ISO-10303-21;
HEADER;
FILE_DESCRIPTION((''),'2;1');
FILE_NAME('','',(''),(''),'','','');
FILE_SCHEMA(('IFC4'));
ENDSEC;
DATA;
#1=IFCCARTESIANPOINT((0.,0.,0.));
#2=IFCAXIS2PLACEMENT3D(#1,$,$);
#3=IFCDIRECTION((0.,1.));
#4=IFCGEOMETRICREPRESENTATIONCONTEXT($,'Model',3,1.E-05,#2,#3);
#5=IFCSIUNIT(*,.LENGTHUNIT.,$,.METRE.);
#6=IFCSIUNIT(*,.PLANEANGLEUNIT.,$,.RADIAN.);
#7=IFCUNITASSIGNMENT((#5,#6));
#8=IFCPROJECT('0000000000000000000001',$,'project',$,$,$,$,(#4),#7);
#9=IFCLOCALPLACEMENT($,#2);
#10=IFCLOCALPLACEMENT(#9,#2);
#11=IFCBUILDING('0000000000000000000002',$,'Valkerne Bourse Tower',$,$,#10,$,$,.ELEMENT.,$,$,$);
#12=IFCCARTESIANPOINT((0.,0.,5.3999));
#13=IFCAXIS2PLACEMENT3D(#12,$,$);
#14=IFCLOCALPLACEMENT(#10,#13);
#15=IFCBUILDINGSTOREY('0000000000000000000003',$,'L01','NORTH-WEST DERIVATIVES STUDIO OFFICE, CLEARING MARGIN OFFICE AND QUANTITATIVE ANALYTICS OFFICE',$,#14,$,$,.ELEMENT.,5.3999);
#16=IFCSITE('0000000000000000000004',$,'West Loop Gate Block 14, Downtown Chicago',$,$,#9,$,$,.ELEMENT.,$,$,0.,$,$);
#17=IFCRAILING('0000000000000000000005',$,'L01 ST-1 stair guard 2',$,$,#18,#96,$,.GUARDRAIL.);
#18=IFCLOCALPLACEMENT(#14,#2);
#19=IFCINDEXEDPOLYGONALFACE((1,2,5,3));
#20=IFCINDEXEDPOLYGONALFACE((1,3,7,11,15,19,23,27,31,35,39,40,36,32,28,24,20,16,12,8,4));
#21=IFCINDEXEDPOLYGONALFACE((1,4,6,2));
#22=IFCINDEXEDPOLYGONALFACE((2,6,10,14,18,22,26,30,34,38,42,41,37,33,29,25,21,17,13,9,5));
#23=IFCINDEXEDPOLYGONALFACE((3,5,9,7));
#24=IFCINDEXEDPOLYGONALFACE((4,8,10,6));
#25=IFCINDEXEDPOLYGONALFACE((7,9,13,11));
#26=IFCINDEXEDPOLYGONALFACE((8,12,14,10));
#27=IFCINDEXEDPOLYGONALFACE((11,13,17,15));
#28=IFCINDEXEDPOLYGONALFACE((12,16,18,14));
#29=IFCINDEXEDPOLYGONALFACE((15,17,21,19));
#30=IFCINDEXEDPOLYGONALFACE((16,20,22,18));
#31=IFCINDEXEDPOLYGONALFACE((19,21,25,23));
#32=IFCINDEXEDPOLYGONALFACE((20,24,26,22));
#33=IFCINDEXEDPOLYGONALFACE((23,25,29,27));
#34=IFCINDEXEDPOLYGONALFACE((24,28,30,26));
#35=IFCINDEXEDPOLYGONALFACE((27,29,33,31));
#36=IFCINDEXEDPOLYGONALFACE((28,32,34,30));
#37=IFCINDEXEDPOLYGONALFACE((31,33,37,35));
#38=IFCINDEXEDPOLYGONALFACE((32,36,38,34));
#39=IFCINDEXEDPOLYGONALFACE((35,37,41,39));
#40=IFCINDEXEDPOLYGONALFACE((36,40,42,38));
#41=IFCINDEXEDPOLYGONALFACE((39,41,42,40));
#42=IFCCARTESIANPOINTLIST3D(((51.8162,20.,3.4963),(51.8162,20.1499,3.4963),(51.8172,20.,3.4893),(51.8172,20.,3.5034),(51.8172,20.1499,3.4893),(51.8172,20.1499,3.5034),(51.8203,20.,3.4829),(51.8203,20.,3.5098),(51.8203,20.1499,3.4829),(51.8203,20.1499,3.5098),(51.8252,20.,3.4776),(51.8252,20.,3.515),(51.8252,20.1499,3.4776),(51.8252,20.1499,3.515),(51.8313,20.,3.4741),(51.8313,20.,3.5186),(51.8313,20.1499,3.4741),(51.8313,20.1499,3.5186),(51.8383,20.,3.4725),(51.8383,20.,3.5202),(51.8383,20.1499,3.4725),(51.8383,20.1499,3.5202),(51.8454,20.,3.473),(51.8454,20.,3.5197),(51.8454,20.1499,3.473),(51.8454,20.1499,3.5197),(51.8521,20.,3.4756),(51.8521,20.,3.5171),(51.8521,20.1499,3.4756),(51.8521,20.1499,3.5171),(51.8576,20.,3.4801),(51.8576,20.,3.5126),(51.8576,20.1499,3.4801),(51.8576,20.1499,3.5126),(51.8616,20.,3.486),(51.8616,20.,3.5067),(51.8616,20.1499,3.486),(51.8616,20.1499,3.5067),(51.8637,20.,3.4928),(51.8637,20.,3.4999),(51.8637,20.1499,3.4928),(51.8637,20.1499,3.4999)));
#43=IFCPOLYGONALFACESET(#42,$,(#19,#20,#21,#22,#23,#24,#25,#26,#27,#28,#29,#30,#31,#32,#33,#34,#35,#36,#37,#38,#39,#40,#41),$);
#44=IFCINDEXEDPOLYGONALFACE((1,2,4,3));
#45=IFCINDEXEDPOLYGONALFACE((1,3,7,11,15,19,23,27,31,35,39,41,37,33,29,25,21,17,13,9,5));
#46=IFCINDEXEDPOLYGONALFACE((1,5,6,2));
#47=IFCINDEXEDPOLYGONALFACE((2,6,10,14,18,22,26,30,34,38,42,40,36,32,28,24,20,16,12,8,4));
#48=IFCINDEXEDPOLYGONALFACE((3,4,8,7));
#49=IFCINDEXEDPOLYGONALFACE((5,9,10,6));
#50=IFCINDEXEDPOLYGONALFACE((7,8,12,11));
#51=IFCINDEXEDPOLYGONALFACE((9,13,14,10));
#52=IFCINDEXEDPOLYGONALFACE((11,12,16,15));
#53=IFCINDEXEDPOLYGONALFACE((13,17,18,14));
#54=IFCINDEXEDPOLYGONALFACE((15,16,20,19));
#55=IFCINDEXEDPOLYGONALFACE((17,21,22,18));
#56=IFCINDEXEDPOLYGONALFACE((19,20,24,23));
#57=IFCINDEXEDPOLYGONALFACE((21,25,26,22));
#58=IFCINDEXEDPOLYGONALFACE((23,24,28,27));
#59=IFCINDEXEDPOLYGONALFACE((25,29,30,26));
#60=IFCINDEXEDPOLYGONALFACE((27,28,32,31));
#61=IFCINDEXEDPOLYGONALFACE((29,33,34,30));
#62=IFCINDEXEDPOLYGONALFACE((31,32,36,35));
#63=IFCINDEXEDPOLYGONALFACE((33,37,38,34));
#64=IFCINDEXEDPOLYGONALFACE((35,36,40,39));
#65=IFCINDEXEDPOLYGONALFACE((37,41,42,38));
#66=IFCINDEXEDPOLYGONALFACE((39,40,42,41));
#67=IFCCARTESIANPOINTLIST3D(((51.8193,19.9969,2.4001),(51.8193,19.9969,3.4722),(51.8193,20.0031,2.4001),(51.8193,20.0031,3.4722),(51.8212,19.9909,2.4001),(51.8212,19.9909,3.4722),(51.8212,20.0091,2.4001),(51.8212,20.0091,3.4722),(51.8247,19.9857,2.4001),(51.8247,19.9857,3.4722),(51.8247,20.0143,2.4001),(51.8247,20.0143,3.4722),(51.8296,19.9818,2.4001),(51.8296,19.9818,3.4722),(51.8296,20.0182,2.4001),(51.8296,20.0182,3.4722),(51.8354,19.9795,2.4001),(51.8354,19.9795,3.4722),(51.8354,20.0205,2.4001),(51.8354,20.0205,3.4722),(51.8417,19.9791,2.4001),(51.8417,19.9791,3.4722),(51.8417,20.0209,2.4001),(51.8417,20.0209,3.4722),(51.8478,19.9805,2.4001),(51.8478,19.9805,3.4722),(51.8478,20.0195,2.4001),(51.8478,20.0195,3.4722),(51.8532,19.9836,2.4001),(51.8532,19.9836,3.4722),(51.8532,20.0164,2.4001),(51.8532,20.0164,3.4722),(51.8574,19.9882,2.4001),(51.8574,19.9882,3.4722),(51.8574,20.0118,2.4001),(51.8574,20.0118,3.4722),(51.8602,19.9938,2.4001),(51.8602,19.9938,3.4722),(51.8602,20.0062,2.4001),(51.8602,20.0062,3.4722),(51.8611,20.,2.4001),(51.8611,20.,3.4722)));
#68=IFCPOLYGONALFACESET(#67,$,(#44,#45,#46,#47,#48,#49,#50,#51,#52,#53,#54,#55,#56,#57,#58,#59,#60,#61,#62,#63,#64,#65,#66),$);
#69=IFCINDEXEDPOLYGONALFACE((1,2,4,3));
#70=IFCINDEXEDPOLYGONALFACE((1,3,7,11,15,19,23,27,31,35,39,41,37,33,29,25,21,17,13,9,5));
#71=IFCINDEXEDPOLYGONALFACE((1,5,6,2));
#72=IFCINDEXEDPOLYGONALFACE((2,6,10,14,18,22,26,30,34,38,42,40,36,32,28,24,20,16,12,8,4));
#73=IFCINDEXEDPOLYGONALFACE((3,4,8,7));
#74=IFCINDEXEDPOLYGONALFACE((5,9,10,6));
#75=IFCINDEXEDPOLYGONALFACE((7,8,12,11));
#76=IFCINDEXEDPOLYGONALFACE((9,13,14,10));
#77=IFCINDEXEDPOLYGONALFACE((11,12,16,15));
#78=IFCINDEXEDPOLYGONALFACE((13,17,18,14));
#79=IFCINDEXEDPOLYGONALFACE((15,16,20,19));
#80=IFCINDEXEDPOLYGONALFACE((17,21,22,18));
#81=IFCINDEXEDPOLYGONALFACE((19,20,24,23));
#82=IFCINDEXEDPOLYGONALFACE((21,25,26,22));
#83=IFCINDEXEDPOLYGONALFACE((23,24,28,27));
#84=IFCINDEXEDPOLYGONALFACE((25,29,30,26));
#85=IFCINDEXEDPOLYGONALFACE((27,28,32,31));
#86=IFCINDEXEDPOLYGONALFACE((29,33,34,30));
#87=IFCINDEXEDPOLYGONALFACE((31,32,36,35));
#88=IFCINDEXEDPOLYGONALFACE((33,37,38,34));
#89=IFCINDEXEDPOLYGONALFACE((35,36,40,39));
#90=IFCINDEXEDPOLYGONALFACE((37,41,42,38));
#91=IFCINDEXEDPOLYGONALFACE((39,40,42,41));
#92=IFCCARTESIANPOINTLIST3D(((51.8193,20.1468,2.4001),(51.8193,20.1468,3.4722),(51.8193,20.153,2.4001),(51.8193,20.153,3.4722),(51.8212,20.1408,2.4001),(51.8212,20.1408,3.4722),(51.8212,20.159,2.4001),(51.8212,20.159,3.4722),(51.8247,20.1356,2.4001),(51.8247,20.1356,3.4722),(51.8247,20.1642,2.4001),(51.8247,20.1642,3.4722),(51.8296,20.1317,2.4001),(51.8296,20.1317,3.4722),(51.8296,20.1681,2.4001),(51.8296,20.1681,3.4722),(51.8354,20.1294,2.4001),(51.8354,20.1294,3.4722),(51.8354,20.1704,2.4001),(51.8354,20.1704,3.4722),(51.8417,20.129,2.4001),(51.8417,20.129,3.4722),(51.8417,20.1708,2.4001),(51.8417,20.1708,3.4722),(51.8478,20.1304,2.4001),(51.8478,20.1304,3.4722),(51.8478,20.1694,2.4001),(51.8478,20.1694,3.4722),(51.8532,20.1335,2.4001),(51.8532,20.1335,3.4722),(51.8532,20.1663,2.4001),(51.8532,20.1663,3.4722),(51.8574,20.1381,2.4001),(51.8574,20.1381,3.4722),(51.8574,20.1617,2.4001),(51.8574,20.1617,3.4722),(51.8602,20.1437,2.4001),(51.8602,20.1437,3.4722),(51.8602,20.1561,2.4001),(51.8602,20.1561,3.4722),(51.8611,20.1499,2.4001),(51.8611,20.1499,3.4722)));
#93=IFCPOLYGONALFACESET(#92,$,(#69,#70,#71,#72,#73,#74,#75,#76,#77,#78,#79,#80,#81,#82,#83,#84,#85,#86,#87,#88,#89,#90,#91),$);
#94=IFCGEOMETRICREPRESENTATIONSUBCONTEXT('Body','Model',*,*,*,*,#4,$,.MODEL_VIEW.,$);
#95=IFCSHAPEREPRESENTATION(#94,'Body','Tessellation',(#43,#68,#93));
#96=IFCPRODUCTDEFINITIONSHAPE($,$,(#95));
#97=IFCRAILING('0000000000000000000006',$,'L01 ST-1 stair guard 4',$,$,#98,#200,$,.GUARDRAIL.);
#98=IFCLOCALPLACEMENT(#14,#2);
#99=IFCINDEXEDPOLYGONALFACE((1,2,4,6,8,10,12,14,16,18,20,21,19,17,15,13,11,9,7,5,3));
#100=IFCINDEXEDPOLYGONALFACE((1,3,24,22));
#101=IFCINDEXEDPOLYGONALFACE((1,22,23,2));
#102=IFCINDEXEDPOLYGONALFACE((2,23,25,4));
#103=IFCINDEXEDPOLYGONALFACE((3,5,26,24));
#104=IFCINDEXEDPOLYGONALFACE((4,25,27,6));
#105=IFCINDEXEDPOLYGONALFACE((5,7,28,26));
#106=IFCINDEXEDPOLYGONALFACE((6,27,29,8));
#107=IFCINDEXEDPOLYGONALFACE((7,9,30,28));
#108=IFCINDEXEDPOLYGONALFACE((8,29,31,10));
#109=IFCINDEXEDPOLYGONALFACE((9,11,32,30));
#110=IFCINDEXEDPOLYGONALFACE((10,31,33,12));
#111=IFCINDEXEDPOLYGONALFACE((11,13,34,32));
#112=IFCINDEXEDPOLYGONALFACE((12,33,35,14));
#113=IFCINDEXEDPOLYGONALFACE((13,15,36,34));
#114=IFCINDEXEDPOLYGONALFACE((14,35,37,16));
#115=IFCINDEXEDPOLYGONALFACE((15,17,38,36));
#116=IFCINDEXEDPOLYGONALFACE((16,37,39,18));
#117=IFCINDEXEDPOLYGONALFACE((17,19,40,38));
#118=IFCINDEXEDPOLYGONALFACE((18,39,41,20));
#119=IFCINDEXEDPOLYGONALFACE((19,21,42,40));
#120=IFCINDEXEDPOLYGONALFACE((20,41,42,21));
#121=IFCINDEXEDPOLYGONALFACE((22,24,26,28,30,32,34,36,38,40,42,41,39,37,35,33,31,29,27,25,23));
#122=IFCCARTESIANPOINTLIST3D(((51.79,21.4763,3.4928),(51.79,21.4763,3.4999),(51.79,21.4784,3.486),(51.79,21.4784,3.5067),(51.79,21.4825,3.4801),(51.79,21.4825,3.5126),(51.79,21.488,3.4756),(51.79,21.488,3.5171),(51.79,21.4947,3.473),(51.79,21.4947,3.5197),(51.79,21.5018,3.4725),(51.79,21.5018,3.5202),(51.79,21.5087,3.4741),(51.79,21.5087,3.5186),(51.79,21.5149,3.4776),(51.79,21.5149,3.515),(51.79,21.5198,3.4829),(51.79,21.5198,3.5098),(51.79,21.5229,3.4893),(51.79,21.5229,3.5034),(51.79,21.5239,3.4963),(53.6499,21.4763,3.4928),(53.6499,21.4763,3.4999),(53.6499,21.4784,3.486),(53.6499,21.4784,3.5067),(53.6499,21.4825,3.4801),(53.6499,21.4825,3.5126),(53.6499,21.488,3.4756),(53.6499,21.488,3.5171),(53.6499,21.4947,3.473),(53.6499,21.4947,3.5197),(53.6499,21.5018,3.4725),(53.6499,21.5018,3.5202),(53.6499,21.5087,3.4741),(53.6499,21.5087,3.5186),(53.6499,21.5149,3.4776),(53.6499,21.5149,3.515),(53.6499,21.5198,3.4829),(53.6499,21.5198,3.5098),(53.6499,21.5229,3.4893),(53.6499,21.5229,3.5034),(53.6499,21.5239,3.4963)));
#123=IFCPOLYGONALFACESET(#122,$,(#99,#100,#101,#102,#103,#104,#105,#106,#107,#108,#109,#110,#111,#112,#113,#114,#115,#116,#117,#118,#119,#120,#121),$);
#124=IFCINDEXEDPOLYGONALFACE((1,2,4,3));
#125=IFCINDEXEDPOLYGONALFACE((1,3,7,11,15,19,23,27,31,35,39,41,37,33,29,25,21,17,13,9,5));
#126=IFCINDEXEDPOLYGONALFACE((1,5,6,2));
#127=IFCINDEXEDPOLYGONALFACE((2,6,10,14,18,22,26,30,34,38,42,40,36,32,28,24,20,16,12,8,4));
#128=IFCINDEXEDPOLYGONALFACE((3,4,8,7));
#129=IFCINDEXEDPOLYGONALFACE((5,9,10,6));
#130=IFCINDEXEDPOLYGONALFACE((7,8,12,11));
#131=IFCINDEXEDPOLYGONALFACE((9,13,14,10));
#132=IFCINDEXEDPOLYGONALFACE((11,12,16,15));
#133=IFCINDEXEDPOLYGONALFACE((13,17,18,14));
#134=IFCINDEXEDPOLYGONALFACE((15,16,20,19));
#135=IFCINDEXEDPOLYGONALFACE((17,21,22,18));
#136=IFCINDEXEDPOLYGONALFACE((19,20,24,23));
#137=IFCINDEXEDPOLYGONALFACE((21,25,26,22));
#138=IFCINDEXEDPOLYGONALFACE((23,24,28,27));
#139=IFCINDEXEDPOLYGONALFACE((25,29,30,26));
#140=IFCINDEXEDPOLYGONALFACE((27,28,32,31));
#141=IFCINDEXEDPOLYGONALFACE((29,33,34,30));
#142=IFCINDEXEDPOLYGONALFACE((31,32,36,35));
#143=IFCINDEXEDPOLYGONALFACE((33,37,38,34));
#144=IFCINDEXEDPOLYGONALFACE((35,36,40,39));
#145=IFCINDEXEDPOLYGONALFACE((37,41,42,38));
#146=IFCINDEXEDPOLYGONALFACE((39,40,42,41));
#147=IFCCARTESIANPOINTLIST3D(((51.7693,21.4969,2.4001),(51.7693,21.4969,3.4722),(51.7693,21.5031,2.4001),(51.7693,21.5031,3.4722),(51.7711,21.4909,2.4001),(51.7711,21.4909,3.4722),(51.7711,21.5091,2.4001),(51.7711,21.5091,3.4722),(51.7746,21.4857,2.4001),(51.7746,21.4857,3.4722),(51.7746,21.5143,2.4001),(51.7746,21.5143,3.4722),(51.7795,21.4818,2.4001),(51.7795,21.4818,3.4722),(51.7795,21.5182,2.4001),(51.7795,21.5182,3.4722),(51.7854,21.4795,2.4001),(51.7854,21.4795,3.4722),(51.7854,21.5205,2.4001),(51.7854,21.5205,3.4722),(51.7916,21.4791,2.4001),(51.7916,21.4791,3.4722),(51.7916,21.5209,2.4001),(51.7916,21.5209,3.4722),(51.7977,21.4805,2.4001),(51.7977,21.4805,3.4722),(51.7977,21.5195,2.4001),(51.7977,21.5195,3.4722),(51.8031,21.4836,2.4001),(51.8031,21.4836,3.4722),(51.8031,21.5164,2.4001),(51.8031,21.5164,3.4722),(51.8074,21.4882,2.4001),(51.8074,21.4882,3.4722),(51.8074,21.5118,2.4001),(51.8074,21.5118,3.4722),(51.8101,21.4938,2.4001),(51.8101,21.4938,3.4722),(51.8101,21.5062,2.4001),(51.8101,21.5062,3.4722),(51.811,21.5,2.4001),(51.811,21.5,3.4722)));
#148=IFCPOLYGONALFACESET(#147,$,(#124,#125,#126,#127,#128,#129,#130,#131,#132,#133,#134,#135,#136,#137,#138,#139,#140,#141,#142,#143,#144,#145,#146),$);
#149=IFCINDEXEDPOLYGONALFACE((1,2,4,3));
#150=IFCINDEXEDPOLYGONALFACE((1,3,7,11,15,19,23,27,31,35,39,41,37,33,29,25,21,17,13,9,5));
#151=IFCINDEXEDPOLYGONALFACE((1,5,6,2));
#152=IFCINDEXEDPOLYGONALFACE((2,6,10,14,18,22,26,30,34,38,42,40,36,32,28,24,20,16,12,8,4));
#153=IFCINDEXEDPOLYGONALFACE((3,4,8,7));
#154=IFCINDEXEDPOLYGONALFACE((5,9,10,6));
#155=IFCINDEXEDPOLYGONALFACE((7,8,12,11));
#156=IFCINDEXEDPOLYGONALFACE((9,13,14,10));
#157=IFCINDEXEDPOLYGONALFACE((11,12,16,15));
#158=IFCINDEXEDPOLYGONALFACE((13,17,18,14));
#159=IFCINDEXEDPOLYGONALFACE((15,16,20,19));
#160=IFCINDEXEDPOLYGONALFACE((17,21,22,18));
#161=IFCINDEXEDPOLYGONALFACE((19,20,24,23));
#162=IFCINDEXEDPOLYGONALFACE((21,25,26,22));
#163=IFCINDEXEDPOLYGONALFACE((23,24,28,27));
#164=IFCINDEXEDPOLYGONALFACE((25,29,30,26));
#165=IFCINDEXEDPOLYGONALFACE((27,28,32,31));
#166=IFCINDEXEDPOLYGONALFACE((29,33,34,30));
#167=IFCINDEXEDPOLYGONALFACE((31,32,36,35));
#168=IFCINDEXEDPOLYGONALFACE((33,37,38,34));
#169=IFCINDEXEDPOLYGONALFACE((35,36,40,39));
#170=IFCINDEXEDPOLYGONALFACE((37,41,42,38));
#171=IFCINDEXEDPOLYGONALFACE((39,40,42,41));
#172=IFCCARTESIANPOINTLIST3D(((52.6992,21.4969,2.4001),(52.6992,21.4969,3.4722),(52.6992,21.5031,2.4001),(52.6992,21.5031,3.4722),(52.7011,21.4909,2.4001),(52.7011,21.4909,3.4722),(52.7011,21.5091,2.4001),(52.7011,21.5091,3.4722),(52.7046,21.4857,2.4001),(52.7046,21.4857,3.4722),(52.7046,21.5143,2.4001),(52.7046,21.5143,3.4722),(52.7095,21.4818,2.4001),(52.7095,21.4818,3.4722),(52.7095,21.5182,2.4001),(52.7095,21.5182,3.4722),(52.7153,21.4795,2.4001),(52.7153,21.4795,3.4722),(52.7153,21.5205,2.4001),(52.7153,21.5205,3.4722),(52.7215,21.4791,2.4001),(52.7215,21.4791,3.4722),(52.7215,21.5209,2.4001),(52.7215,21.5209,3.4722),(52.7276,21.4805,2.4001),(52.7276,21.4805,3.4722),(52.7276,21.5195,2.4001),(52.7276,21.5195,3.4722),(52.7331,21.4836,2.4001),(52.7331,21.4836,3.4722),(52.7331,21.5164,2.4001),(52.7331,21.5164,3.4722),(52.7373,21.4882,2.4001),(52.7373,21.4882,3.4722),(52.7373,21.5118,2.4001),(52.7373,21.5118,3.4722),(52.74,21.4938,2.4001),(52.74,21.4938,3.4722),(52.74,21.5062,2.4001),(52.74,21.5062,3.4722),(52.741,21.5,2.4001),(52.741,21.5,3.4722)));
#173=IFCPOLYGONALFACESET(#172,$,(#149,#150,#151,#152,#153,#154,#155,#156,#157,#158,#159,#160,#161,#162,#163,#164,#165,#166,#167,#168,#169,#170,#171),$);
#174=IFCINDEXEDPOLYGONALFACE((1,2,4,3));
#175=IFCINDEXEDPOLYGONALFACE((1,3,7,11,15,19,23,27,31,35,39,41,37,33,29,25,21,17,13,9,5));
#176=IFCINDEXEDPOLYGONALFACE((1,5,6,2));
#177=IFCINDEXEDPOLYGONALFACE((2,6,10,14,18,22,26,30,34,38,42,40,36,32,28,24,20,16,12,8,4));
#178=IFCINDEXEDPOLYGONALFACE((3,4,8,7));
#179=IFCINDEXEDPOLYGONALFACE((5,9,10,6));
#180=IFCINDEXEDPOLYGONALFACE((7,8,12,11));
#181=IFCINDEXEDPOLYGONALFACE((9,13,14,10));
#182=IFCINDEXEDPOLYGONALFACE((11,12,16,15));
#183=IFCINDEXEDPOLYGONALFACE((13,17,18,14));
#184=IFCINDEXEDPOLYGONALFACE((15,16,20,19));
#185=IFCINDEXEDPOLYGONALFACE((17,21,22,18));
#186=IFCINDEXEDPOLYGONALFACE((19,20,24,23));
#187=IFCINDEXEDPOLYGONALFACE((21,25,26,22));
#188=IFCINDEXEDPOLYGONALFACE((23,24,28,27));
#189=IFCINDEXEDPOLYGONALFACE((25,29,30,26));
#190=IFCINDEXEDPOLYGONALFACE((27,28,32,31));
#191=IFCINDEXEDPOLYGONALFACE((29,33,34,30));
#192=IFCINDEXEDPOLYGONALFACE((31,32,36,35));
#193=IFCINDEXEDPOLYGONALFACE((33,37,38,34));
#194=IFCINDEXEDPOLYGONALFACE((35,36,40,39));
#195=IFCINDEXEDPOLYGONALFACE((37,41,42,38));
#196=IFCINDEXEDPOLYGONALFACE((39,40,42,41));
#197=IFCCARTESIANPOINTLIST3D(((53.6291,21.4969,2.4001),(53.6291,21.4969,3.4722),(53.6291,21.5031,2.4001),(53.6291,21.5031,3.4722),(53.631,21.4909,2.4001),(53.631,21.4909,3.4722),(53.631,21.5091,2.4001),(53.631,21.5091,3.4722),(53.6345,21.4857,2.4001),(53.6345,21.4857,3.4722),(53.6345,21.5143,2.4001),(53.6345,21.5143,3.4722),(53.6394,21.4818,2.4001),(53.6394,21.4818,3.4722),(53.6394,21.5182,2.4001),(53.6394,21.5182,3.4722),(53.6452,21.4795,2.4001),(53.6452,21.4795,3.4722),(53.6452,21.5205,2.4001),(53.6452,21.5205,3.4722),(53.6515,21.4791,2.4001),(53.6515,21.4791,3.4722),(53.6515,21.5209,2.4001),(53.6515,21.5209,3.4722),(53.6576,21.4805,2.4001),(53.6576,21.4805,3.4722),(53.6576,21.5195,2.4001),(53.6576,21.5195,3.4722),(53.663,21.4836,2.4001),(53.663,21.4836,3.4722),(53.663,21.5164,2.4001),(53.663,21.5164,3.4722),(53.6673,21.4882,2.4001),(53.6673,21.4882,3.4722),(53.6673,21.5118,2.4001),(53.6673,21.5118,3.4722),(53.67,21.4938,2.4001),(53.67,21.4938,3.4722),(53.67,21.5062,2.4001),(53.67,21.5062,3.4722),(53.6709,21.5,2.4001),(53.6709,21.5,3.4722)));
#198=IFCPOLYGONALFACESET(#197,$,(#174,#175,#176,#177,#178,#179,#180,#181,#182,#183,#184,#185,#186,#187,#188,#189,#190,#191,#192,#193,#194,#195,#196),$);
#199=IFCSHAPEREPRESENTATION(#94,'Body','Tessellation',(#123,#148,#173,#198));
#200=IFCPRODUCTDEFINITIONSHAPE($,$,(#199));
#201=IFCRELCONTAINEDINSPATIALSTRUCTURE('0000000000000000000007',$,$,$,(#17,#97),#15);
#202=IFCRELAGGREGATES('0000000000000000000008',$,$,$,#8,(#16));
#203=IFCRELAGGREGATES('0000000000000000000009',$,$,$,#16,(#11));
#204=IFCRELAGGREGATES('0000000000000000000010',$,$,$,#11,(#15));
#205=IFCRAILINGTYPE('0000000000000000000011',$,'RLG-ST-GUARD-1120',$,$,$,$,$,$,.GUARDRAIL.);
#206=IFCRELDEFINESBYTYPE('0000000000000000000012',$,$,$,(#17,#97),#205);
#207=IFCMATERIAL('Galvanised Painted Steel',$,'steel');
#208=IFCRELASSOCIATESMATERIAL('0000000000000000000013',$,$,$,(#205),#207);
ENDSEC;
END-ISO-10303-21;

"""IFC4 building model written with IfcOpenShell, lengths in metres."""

from ifc_helpers import new_model, si_unit, direction, frame, origin, origin_2d, place, context, subcontext, project, spatial, circle, extrude, material, type_object, element, save


model = new_model("IFC4")

# Units and contexts
model_context = context("Model", 3, precision=1e-05, world=origin(), true_north=direction((0.0, 1.0)))
body_context = subcontext(model_context, "Body", "Model", "MODEL_VIEW")
ifc_project = project(units=[si_unit("LENGTHUNIT", "METRE"), si_unit("PLANEANGLEUNIT", "RADIAN")], contexts=[model_context])

# Site, building, storey
site_placement = place(None, origin())
site = spatial("IfcSite", under=ifc_project, at=site_placement, Name="West Loop Gate Block 14, Downtown Chicago", CompositionType="ELEMENT", RefElevation=0.0)
building_placement = place(site_placement, origin())
building = spatial("IfcBuilding", under=site, at=building_placement, Name="Valkerne Bourse Tower", CompositionType="ELEMENT")
storey_placement = place(building_placement, frame((0.0, 0.0, 5.3999)))
storey = spatial("IfcBuildingStorey", under=building, at=storey_placement, Name="L01", Description="NORTH-WEST DERIVATIVES STUDIO OFFICE, CLEARING MARGIN OFFICE AND QUANTITATIVE ANALYTICS OFFICE", CompositionType="ELEMENT", Elevation=5.3999)

# Shared definitions
ifc_material_1 = material(Name="Galvanised Painted Steel", Category="steel")

# Railings
railing_type_1 = type_object("IfcRailingType", Name="RLG-ST-GUARD-1120", PredefinedType="GUARDRAIL", material=ifc_material_1)
railing_1_placement = place(storey_placement, frame((51.8401, 20.0, 2.4001)))
element("IfcRailing", 1, at=railing_1_placement, inside=storey, type_object=railing_type_1, Name="L01 ST-1 stair guard 2", PredefinedType="GUARDRAIL", context=body_context, shape_type="SweptSolid", body=[
    extrude(circle(Radius=0.0239, at=origin_2d()), frame((0.0, 0.0, 1.0962), z_axis=(0.0, 1.0, 0.0), x_axis=(-1.0, 0.0, 0.0)), (0.0, 0.0, 1.0), 0.1499),
    extrude(circle(Radius=0.021, at=origin_2d()), origin(), (0.0, 0.0, 1.0), 1.072),
    extrude(circle(Radius=0.021, at=origin_2d()), frame((0.0, 0.1499, 0.0)), (0.0, 0.0, 1.0), 1.072),
])
railing_2_placement = place(storey_placement, frame((51.79, 21.5, 2.4001)))
element("IfcRailing", 2, at=railing_2_placement, inside=storey, type_object=railing_type_1, Name="L01 ST-1 stair guard 4", PredefinedType="GUARDRAIL", context=body_context, shape_type="SweptSolid", body=[
    extrude(circle(Radius=0.0239, at=origin_2d()), frame((0.0, 0.0, 1.0962), z_axis=(1.0, 0.0, 0.0), x_axis=(0.0, 1.0, 0.0)), (0.0, 0.0, 1.0), 1.8599),
    extrude(circle(Radius=0.021, at=origin_2d()), origin(), (0.0, 0.0, 1.0), 1.072),
    extrude(circle(Radius=0.021, at=origin_2d()), frame((0.9299, 0.0, 0.0)), (0.0, 0.0, 1.0), 1.072),
    extrude(circle(Radius=0.021, at=origin_2d()), frame((1.8599, 0.0, 0.0)), (0.0, 0.0, 1.0), 1.072),
])

save(model, "model.ifc")
